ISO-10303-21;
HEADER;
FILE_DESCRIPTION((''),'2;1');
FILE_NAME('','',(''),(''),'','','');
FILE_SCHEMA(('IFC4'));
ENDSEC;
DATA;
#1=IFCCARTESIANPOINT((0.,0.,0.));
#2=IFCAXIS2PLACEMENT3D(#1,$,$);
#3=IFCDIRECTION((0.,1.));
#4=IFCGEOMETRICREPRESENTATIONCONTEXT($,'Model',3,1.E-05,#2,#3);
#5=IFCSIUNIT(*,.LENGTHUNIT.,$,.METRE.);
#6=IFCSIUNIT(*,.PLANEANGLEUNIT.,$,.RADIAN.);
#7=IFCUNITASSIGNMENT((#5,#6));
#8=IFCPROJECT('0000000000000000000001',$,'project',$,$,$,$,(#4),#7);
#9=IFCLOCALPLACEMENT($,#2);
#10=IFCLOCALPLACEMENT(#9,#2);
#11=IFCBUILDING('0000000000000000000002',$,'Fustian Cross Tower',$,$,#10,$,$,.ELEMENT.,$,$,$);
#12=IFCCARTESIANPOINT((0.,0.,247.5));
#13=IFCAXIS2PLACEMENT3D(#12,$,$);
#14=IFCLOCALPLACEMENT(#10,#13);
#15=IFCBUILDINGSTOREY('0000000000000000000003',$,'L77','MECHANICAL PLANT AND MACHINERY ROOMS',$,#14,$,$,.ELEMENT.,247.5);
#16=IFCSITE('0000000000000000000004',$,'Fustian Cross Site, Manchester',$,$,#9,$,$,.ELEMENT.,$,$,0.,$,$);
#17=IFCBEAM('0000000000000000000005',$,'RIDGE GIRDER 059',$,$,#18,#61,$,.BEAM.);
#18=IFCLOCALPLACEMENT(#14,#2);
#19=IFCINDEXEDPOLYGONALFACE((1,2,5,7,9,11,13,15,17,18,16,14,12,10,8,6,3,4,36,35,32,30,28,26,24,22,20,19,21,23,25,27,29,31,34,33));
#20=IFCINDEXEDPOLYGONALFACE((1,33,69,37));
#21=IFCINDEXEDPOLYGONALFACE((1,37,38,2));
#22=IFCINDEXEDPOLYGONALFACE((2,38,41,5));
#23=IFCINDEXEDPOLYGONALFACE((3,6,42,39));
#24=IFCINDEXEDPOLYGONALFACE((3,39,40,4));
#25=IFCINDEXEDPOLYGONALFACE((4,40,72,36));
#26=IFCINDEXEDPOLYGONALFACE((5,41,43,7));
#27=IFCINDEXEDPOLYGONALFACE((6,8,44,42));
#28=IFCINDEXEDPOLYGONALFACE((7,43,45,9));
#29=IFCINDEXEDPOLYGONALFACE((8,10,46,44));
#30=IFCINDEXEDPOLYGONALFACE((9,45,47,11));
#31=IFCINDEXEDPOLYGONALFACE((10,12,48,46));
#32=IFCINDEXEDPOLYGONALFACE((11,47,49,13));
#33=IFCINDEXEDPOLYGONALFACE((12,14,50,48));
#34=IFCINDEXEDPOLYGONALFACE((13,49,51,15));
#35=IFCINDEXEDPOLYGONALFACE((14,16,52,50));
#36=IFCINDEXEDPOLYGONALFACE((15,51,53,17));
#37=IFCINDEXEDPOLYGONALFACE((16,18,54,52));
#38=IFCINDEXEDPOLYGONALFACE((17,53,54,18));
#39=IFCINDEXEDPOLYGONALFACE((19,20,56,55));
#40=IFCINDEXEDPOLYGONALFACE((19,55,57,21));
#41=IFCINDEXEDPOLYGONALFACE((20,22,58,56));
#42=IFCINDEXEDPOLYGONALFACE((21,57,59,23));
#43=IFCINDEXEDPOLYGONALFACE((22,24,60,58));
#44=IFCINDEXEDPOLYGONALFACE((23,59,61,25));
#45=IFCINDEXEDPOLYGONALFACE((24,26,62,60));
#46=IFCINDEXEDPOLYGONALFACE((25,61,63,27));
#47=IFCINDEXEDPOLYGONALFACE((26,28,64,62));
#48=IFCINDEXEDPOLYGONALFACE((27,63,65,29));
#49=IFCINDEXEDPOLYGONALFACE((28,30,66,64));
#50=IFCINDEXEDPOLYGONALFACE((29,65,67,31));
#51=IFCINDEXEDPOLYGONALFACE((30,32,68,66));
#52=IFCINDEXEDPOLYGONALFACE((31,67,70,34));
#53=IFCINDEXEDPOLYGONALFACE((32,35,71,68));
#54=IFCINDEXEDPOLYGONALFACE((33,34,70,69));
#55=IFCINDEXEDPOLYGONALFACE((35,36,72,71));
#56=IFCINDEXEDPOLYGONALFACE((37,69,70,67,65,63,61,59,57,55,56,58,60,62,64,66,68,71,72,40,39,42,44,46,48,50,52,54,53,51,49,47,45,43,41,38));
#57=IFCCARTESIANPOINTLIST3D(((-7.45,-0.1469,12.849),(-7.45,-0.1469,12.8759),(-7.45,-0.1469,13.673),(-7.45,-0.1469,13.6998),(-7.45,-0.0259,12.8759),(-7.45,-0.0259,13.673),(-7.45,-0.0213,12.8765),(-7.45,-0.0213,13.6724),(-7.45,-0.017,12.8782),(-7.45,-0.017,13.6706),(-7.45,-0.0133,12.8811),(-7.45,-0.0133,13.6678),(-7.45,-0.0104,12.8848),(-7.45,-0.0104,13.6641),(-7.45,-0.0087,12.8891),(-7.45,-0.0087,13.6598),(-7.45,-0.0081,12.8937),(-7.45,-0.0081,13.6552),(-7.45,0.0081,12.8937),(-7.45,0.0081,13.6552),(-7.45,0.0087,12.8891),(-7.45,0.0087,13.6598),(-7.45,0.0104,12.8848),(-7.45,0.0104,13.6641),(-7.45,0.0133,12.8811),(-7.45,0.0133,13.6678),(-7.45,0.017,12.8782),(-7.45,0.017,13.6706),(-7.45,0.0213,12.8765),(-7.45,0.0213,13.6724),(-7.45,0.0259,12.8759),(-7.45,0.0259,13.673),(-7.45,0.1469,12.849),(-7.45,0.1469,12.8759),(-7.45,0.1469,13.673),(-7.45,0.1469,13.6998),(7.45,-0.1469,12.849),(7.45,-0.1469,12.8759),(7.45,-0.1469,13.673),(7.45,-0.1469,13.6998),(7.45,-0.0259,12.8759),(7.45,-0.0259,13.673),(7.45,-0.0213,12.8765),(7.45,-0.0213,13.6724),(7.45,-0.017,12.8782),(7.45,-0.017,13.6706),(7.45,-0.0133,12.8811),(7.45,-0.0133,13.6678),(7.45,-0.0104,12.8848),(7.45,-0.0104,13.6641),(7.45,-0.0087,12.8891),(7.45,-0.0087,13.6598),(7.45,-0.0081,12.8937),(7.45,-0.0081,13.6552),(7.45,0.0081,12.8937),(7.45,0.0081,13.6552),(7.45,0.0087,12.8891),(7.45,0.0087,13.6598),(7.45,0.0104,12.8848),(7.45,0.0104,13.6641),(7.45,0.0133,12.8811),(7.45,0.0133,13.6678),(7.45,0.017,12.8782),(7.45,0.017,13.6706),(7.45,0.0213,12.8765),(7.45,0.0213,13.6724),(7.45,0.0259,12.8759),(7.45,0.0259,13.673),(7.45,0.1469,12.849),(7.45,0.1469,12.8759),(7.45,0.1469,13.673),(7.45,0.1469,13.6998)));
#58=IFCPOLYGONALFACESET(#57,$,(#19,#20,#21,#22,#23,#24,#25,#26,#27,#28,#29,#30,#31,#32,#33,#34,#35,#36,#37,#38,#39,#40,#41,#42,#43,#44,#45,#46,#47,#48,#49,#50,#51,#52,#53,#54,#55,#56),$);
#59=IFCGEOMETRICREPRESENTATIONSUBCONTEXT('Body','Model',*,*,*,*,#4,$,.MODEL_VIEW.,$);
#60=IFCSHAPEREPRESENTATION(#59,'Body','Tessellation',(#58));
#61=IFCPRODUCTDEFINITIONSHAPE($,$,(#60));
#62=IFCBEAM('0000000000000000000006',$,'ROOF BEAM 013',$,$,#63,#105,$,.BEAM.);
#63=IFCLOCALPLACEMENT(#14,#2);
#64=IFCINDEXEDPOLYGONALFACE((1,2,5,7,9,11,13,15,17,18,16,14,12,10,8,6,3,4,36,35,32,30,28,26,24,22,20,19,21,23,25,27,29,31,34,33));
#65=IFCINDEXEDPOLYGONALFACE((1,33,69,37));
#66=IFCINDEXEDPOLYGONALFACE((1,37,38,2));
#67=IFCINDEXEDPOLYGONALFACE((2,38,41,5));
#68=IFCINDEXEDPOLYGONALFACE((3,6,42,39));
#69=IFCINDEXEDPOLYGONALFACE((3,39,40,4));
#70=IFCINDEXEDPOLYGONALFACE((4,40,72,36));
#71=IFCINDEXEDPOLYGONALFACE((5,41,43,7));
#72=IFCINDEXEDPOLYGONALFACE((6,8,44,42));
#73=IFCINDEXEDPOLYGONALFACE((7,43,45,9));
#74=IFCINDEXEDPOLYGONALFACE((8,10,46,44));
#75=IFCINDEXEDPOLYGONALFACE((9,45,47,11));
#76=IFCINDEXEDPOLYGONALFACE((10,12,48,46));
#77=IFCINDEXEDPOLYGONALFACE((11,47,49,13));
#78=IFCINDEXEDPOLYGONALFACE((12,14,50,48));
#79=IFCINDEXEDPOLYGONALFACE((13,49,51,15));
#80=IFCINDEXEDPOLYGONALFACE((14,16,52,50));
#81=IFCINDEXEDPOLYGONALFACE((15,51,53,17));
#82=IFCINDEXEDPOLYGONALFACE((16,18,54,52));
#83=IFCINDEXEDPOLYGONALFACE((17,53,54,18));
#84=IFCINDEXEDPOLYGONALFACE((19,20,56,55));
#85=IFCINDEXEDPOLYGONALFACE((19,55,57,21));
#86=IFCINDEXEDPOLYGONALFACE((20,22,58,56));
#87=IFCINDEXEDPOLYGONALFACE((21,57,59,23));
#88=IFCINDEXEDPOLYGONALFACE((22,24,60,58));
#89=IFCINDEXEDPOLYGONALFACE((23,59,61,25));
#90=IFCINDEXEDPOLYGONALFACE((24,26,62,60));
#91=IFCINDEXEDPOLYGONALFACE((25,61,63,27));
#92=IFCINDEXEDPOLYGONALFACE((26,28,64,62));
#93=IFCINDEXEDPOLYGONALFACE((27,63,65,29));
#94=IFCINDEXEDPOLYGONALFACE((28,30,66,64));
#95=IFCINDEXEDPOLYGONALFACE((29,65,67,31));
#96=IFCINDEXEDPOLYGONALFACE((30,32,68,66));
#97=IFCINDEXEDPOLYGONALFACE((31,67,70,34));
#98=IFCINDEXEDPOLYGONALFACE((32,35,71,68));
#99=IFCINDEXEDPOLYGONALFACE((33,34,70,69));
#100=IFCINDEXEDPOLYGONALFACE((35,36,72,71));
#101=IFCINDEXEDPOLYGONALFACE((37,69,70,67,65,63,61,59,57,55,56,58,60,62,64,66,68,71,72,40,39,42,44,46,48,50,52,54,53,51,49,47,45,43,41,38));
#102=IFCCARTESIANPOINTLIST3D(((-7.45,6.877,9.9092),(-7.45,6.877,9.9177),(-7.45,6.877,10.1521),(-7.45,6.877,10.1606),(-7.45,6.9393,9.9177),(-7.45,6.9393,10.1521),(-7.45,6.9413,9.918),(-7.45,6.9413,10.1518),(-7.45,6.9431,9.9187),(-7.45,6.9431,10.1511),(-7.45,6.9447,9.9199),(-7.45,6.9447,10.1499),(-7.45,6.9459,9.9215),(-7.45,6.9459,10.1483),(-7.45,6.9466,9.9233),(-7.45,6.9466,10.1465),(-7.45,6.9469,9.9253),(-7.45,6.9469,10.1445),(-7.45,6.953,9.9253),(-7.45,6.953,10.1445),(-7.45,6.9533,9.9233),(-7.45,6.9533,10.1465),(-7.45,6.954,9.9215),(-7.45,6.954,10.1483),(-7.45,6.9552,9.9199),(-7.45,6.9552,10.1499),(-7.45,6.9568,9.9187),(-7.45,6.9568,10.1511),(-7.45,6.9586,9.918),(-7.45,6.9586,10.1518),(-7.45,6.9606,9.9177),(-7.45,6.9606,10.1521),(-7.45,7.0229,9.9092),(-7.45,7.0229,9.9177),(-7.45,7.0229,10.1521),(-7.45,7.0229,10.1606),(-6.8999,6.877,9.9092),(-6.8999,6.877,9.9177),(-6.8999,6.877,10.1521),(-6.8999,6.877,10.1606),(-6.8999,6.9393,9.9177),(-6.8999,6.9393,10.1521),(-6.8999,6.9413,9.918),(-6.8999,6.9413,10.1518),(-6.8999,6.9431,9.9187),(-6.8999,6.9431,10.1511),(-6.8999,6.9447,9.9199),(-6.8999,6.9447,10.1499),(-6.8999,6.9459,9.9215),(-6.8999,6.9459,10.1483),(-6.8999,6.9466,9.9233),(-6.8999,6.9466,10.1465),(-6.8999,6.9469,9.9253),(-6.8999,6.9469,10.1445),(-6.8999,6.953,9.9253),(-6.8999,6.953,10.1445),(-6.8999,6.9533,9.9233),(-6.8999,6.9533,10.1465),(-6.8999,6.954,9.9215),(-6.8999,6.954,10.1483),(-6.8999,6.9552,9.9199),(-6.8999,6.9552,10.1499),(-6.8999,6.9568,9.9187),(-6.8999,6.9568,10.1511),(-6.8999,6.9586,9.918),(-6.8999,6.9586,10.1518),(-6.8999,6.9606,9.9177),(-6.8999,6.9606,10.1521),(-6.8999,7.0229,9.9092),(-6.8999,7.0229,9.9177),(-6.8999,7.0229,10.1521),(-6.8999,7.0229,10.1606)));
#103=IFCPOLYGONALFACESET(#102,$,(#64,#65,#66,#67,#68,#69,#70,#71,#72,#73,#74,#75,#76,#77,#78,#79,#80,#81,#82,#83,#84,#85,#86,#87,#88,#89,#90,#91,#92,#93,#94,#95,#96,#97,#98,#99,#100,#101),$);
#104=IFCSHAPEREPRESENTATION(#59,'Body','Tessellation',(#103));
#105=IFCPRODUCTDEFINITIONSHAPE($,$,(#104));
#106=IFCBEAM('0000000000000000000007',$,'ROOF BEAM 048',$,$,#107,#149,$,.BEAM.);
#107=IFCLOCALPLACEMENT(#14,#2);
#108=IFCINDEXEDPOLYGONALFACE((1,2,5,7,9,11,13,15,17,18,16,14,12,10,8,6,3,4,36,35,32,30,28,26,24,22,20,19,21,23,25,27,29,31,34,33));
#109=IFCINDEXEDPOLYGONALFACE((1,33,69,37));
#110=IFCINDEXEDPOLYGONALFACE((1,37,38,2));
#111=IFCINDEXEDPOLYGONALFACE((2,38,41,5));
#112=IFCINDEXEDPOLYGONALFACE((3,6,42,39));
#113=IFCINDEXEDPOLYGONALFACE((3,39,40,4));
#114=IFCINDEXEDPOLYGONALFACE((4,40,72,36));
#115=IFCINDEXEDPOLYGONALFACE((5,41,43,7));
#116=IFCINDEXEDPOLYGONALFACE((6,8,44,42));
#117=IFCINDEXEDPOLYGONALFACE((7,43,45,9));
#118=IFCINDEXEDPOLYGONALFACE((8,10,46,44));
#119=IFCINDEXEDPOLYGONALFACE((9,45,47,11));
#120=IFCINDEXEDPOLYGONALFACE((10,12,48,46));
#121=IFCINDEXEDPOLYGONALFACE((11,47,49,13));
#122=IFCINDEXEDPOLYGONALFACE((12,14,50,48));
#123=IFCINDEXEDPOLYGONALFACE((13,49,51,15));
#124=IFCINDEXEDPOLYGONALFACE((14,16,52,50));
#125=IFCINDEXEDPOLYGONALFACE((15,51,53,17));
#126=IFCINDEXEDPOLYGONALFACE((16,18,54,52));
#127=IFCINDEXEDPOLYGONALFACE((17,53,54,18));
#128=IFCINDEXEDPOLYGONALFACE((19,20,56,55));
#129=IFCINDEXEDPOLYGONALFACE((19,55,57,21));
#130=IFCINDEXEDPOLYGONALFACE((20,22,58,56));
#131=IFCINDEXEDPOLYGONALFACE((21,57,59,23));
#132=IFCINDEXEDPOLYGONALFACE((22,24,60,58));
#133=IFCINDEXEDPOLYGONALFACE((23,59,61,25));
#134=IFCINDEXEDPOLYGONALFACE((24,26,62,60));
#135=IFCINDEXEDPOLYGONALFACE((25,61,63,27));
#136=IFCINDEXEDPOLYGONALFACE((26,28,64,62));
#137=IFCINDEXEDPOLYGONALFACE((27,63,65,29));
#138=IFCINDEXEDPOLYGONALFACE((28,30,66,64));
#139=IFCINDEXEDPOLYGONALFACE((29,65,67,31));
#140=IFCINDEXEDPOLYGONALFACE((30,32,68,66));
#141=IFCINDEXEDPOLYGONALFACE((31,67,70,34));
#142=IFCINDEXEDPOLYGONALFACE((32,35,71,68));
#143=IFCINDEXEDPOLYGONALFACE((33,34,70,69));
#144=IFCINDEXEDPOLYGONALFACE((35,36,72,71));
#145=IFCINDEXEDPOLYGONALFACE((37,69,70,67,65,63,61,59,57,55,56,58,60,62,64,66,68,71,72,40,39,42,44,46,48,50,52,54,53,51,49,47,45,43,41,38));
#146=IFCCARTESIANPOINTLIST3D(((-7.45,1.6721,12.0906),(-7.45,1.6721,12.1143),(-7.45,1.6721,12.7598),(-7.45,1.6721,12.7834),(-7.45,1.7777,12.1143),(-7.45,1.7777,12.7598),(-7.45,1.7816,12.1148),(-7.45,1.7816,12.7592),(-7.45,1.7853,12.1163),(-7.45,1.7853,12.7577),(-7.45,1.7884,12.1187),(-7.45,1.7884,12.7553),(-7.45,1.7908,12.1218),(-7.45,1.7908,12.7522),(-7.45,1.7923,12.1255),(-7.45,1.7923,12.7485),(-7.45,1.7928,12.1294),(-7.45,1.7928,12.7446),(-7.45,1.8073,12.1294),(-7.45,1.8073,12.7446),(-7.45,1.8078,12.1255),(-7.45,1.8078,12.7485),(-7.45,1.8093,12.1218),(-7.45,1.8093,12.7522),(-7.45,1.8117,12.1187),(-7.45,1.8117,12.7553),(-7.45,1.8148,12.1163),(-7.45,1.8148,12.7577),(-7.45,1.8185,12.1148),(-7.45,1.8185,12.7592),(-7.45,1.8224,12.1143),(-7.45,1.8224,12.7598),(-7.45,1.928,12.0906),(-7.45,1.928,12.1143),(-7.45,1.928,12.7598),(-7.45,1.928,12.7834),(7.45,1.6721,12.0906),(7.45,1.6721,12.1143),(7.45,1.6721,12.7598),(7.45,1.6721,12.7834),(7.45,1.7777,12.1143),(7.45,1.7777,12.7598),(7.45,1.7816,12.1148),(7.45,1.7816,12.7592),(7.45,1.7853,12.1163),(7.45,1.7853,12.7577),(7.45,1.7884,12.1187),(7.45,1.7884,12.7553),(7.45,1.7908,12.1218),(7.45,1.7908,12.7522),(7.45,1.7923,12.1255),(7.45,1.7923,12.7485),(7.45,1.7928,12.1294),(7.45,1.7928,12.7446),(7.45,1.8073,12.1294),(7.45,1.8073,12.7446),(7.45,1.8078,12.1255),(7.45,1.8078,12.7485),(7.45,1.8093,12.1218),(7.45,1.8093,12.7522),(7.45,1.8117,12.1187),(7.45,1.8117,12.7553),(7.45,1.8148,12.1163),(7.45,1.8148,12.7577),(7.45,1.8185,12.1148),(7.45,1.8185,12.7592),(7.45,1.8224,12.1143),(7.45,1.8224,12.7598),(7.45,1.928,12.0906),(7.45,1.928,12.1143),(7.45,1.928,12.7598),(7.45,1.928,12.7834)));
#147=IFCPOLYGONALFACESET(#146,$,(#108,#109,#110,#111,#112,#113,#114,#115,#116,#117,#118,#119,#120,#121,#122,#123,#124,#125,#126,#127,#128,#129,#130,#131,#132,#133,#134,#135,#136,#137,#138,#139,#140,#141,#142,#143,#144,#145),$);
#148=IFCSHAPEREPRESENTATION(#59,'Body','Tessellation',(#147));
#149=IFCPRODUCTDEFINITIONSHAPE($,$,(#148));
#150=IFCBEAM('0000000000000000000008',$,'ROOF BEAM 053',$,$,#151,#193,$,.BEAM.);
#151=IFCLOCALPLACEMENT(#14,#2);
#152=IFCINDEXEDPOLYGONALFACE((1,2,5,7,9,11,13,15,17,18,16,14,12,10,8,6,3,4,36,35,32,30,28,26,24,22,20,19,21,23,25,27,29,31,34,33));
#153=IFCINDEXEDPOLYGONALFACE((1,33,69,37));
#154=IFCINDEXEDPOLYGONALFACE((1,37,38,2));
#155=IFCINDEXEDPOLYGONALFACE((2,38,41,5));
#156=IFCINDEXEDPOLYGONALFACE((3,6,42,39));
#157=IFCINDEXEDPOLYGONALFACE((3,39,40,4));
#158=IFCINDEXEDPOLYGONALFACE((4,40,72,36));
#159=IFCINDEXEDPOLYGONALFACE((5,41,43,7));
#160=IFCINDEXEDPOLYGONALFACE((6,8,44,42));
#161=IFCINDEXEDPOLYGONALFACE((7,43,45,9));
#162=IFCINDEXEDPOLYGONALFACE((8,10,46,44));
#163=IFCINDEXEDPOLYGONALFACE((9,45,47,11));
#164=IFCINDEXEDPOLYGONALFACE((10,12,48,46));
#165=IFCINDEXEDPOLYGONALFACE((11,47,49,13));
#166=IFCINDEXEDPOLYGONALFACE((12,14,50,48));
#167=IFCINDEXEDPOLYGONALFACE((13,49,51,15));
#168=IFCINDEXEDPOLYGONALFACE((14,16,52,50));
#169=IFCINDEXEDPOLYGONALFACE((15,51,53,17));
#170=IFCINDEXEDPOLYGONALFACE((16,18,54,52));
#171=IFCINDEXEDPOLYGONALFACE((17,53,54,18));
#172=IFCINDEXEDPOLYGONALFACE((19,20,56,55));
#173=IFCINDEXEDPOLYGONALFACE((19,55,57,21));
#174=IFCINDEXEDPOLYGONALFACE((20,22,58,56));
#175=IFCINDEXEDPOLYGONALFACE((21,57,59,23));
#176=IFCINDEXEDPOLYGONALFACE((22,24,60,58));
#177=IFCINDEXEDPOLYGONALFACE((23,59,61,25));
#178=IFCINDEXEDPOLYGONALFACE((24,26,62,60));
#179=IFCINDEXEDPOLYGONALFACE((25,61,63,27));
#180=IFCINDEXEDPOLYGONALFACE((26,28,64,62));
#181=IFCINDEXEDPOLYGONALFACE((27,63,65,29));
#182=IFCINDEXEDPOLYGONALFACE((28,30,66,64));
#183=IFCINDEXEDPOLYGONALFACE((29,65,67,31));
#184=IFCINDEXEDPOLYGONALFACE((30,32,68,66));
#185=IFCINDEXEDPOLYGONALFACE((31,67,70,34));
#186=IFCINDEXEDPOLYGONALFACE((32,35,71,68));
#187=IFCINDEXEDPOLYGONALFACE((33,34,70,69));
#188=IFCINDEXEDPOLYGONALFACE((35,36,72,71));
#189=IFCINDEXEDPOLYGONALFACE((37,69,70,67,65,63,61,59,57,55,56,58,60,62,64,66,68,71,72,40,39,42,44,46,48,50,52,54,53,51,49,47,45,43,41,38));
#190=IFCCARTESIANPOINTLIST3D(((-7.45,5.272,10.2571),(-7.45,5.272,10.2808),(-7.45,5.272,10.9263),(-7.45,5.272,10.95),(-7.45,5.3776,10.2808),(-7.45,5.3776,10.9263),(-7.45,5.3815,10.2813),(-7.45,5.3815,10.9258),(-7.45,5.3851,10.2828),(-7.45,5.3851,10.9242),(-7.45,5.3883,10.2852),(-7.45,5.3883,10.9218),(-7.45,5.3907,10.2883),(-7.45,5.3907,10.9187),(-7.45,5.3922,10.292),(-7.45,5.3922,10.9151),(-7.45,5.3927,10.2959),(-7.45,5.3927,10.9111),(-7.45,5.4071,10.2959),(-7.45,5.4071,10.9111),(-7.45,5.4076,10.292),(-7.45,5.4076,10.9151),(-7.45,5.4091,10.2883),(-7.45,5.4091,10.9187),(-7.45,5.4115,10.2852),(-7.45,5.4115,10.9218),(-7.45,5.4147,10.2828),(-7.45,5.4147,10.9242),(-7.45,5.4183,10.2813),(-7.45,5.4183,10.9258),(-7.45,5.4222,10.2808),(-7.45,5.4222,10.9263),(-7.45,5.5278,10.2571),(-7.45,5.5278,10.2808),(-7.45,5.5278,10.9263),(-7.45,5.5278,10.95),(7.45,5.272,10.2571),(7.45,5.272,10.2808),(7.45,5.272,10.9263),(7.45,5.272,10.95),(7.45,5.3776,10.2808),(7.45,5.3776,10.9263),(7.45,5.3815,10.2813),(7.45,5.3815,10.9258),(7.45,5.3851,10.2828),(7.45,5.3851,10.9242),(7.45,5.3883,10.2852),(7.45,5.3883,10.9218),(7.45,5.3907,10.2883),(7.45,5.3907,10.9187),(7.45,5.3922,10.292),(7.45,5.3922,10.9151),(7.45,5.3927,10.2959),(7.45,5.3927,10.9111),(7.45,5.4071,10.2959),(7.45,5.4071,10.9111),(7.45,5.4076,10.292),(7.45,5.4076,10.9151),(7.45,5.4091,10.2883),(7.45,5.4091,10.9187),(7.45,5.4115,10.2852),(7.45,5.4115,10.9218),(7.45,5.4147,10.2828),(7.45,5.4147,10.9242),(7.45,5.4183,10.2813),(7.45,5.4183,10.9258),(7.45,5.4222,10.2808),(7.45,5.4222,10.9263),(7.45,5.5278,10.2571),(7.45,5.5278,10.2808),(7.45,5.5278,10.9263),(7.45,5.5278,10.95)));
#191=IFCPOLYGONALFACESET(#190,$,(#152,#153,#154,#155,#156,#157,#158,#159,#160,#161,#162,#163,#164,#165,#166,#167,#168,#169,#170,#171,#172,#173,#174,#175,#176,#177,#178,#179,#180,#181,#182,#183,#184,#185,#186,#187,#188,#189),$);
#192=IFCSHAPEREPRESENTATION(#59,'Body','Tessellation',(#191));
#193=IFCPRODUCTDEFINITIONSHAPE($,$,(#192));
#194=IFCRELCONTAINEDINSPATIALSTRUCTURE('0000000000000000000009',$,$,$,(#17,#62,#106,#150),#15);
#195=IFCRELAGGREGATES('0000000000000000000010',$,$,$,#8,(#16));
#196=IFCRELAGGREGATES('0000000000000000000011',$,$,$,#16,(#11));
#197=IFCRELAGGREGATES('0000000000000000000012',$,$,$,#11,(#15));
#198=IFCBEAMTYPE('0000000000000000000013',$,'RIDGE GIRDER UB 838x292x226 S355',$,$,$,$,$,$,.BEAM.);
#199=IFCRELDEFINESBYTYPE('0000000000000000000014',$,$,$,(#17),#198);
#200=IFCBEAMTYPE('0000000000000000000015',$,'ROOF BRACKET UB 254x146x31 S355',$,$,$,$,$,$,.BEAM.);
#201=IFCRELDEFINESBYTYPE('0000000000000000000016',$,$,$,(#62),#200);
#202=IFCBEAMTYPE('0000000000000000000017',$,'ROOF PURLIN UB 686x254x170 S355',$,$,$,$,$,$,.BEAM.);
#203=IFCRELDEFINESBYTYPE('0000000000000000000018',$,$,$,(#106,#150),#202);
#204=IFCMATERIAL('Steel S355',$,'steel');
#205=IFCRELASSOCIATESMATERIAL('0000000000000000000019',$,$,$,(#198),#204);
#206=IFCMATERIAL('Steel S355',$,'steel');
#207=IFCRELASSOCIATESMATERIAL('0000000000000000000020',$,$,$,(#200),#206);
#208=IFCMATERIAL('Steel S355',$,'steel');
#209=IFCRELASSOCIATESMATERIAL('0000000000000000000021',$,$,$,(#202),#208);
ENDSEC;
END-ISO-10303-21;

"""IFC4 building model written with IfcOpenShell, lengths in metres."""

from ifc_helpers import new_model, si_unit, direction, frame, origin, origin_2d, place, context, subcontext, project, spatial, i_section, extrude, material, material_profile, profile_set, type_object, element, save


model = new_model("IFC4")

# Units and contexts
model_context = context("Model", 3, precision=1e-05, world=origin(), true_north=direction((0.0, 1.0)))
body_context = subcontext(model_context, "Body", "Model", "MODEL_VIEW")
ifc_project = project(units=[si_unit("LENGTHUNIT", "METRE"), si_unit("PLANEANGLEUNIT", "RADIAN")], contexts=[model_context])

# Site, building, storey
site_placement = place(None, origin())
site = spatial("IfcSite", under=ifc_project, at=site_placement, Name="Fustian Cross Site, Manchester", CompositionType="ELEMENT", RefElevation=0.0)
building_placement = place(site_placement, origin())
building = spatial("IfcBuilding", under=site, at=building_placement, Name="Fustian Cross Tower", CompositionType="ELEMENT")
storey_placement = place(building_placement, frame((0.0, 0.0, 247.5)))
storey = spatial("IfcBuildingStorey", under=building, at=storey_placement, Name="L77", Description="MECHANICAL PLANT AND MACHINERY ROOMS", CompositionType="ELEMENT", Elevation=247.5)

# Beams
ifc_material_1 = material(Name="Steel S355", Category="steel")
ifc_material_profile_1 = material_profile(ifc_material_1, i_section(OverallWidth=0.2937, OverallDepth=0.8508, WebThickness=0.0161, FlangeThickness=0.0269, FilletRadius=0.0178, at=origin_2d()), Name="UB 838x292x226")
ifc_profile_set_1 = profile_set([ifc_material_profile_1], Name="Steel S355")
beam_type_1 = type_object("IfcBeamType", Name="RIDGE GIRDER UB 838x292x226 S355", PredefinedType="BEAM", material=ifc_profile_set_1)
beam_1_placement = place(storey_placement, frame((-7.45, 0.0, 13.2744), z_axis=(1.0, 0.0, 0.0), x_axis=(0.0, 1.0, 0.0)))
element("IfcBeam", 1, at=beam_1_placement, inside=storey, type_object=beam_type_1, Name="RIDGE GIRDER 059", PredefinedType="BEAM", context=body_context, shape_type="SweptSolid", body=[
    extrude(i_section(OverallWidth=0.2937, OverallDepth=0.8508, WebThickness=0.0161, FlangeThickness=0.0269, FilletRadius=0.0178, at=origin_2d()), origin(), (0.0, 0.0, 1.0), 14.8999),
])
ifc_material_2 = material(Name="Steel S355", Category="steel")
ifc_material_profile_2 = material_profile(ifc_material_2, i_section(OverallWidth=0.146, OverallDepth=0.2515, WebThickness=0.0061, FlangeThickness=0.0085, FilletRadius=0.0076, at=origin_2d()), Name="UB 254x146x31")
ifc_profile_set_2 = profile_set([ifc_material_profile_2], Name="Steel S355")
beam_type_2 = type_object("IfcBeamType", Name="ROOF BRACKET UB 254x146x31 S355", PredefinedType="BEAM", material=ifc_profile_set_2)
beam_2_placement = place(storey_placement, frame((-6.8999, 6.95, 10.0349), z_axis=(-1.0, 0.0, 0.0), x_axis=(0.0, -1.0, 0.0)))
element("IfcBeam", 2, at=beam_2_placement, inside=storey, type_object=beam_type_2, Name="ROOF BEAM 013", PredefinedType="BEAM", context=body_context, shape_type="SweptSolid", body=[
    extrude(i_section(OverallWidth=0.146, OverallDepth=0.2515, WebThickness=0.0061, FlangeThickness=0.0085, FilletRadius=0.0076, at=origin_2d()), origin(), (0.0, 0.0, 1.0), 0.55),
])
ifc_material_3 = material(Name="Steel S355", Category="steel")
ifc_material_profile_3 = material_profile(ifc_material_3, i_section(OverallWidth=0.2559, OverallDepth=0.6929, WebThickness=0.0144, FlangeThickness=0.0237, FilletRadius=0.0151, at=origin_2d()), Name="UB 686x254x170")
ifc_profile_set_3 = profile_set([ifc_material_profile_3], Name="Steel S355")
beam_type_3 = type_object("IfcBeamType", Name="ROOF PURLIN UB 686x254x170 S355", PredefinedType="BEAM", material=ifc_profile_set_3)
for number, where, z_axis, x_axis, name in (
    (3, (-7.45, 1.8, 12.437), (1.0, 0.0, 0.0), (0.0, 1.0, 0.0), "ROOF BEAM 048"),
    (4, (-7.45, 5.3999, 10.6035), (1.0, 0.0, 0.0), (0.0, 1.0, 0.0), "ROOF BEAM 053"),
):
    element("IfcBeam", number, at=place(storey_placement, frame(where, z_axis=z_axis, x_axis=x_axis)), inside=storey, type_object=beam_type_3, Name=name, PredefinedType="BEAM", context=body_context, shape_type="SweptSolid", body=[
        extrude(i_section(OverallWidth=0.2559, OverallDepth=0.6929, WebThickness=0.0144, FlangeThickness=0.0237, FilletRadius=0.0151, at=origin_2d()), origin(), (0.0, 0.0, 1.0), 14.8999),
    ])

save(model, "model.ifc")
